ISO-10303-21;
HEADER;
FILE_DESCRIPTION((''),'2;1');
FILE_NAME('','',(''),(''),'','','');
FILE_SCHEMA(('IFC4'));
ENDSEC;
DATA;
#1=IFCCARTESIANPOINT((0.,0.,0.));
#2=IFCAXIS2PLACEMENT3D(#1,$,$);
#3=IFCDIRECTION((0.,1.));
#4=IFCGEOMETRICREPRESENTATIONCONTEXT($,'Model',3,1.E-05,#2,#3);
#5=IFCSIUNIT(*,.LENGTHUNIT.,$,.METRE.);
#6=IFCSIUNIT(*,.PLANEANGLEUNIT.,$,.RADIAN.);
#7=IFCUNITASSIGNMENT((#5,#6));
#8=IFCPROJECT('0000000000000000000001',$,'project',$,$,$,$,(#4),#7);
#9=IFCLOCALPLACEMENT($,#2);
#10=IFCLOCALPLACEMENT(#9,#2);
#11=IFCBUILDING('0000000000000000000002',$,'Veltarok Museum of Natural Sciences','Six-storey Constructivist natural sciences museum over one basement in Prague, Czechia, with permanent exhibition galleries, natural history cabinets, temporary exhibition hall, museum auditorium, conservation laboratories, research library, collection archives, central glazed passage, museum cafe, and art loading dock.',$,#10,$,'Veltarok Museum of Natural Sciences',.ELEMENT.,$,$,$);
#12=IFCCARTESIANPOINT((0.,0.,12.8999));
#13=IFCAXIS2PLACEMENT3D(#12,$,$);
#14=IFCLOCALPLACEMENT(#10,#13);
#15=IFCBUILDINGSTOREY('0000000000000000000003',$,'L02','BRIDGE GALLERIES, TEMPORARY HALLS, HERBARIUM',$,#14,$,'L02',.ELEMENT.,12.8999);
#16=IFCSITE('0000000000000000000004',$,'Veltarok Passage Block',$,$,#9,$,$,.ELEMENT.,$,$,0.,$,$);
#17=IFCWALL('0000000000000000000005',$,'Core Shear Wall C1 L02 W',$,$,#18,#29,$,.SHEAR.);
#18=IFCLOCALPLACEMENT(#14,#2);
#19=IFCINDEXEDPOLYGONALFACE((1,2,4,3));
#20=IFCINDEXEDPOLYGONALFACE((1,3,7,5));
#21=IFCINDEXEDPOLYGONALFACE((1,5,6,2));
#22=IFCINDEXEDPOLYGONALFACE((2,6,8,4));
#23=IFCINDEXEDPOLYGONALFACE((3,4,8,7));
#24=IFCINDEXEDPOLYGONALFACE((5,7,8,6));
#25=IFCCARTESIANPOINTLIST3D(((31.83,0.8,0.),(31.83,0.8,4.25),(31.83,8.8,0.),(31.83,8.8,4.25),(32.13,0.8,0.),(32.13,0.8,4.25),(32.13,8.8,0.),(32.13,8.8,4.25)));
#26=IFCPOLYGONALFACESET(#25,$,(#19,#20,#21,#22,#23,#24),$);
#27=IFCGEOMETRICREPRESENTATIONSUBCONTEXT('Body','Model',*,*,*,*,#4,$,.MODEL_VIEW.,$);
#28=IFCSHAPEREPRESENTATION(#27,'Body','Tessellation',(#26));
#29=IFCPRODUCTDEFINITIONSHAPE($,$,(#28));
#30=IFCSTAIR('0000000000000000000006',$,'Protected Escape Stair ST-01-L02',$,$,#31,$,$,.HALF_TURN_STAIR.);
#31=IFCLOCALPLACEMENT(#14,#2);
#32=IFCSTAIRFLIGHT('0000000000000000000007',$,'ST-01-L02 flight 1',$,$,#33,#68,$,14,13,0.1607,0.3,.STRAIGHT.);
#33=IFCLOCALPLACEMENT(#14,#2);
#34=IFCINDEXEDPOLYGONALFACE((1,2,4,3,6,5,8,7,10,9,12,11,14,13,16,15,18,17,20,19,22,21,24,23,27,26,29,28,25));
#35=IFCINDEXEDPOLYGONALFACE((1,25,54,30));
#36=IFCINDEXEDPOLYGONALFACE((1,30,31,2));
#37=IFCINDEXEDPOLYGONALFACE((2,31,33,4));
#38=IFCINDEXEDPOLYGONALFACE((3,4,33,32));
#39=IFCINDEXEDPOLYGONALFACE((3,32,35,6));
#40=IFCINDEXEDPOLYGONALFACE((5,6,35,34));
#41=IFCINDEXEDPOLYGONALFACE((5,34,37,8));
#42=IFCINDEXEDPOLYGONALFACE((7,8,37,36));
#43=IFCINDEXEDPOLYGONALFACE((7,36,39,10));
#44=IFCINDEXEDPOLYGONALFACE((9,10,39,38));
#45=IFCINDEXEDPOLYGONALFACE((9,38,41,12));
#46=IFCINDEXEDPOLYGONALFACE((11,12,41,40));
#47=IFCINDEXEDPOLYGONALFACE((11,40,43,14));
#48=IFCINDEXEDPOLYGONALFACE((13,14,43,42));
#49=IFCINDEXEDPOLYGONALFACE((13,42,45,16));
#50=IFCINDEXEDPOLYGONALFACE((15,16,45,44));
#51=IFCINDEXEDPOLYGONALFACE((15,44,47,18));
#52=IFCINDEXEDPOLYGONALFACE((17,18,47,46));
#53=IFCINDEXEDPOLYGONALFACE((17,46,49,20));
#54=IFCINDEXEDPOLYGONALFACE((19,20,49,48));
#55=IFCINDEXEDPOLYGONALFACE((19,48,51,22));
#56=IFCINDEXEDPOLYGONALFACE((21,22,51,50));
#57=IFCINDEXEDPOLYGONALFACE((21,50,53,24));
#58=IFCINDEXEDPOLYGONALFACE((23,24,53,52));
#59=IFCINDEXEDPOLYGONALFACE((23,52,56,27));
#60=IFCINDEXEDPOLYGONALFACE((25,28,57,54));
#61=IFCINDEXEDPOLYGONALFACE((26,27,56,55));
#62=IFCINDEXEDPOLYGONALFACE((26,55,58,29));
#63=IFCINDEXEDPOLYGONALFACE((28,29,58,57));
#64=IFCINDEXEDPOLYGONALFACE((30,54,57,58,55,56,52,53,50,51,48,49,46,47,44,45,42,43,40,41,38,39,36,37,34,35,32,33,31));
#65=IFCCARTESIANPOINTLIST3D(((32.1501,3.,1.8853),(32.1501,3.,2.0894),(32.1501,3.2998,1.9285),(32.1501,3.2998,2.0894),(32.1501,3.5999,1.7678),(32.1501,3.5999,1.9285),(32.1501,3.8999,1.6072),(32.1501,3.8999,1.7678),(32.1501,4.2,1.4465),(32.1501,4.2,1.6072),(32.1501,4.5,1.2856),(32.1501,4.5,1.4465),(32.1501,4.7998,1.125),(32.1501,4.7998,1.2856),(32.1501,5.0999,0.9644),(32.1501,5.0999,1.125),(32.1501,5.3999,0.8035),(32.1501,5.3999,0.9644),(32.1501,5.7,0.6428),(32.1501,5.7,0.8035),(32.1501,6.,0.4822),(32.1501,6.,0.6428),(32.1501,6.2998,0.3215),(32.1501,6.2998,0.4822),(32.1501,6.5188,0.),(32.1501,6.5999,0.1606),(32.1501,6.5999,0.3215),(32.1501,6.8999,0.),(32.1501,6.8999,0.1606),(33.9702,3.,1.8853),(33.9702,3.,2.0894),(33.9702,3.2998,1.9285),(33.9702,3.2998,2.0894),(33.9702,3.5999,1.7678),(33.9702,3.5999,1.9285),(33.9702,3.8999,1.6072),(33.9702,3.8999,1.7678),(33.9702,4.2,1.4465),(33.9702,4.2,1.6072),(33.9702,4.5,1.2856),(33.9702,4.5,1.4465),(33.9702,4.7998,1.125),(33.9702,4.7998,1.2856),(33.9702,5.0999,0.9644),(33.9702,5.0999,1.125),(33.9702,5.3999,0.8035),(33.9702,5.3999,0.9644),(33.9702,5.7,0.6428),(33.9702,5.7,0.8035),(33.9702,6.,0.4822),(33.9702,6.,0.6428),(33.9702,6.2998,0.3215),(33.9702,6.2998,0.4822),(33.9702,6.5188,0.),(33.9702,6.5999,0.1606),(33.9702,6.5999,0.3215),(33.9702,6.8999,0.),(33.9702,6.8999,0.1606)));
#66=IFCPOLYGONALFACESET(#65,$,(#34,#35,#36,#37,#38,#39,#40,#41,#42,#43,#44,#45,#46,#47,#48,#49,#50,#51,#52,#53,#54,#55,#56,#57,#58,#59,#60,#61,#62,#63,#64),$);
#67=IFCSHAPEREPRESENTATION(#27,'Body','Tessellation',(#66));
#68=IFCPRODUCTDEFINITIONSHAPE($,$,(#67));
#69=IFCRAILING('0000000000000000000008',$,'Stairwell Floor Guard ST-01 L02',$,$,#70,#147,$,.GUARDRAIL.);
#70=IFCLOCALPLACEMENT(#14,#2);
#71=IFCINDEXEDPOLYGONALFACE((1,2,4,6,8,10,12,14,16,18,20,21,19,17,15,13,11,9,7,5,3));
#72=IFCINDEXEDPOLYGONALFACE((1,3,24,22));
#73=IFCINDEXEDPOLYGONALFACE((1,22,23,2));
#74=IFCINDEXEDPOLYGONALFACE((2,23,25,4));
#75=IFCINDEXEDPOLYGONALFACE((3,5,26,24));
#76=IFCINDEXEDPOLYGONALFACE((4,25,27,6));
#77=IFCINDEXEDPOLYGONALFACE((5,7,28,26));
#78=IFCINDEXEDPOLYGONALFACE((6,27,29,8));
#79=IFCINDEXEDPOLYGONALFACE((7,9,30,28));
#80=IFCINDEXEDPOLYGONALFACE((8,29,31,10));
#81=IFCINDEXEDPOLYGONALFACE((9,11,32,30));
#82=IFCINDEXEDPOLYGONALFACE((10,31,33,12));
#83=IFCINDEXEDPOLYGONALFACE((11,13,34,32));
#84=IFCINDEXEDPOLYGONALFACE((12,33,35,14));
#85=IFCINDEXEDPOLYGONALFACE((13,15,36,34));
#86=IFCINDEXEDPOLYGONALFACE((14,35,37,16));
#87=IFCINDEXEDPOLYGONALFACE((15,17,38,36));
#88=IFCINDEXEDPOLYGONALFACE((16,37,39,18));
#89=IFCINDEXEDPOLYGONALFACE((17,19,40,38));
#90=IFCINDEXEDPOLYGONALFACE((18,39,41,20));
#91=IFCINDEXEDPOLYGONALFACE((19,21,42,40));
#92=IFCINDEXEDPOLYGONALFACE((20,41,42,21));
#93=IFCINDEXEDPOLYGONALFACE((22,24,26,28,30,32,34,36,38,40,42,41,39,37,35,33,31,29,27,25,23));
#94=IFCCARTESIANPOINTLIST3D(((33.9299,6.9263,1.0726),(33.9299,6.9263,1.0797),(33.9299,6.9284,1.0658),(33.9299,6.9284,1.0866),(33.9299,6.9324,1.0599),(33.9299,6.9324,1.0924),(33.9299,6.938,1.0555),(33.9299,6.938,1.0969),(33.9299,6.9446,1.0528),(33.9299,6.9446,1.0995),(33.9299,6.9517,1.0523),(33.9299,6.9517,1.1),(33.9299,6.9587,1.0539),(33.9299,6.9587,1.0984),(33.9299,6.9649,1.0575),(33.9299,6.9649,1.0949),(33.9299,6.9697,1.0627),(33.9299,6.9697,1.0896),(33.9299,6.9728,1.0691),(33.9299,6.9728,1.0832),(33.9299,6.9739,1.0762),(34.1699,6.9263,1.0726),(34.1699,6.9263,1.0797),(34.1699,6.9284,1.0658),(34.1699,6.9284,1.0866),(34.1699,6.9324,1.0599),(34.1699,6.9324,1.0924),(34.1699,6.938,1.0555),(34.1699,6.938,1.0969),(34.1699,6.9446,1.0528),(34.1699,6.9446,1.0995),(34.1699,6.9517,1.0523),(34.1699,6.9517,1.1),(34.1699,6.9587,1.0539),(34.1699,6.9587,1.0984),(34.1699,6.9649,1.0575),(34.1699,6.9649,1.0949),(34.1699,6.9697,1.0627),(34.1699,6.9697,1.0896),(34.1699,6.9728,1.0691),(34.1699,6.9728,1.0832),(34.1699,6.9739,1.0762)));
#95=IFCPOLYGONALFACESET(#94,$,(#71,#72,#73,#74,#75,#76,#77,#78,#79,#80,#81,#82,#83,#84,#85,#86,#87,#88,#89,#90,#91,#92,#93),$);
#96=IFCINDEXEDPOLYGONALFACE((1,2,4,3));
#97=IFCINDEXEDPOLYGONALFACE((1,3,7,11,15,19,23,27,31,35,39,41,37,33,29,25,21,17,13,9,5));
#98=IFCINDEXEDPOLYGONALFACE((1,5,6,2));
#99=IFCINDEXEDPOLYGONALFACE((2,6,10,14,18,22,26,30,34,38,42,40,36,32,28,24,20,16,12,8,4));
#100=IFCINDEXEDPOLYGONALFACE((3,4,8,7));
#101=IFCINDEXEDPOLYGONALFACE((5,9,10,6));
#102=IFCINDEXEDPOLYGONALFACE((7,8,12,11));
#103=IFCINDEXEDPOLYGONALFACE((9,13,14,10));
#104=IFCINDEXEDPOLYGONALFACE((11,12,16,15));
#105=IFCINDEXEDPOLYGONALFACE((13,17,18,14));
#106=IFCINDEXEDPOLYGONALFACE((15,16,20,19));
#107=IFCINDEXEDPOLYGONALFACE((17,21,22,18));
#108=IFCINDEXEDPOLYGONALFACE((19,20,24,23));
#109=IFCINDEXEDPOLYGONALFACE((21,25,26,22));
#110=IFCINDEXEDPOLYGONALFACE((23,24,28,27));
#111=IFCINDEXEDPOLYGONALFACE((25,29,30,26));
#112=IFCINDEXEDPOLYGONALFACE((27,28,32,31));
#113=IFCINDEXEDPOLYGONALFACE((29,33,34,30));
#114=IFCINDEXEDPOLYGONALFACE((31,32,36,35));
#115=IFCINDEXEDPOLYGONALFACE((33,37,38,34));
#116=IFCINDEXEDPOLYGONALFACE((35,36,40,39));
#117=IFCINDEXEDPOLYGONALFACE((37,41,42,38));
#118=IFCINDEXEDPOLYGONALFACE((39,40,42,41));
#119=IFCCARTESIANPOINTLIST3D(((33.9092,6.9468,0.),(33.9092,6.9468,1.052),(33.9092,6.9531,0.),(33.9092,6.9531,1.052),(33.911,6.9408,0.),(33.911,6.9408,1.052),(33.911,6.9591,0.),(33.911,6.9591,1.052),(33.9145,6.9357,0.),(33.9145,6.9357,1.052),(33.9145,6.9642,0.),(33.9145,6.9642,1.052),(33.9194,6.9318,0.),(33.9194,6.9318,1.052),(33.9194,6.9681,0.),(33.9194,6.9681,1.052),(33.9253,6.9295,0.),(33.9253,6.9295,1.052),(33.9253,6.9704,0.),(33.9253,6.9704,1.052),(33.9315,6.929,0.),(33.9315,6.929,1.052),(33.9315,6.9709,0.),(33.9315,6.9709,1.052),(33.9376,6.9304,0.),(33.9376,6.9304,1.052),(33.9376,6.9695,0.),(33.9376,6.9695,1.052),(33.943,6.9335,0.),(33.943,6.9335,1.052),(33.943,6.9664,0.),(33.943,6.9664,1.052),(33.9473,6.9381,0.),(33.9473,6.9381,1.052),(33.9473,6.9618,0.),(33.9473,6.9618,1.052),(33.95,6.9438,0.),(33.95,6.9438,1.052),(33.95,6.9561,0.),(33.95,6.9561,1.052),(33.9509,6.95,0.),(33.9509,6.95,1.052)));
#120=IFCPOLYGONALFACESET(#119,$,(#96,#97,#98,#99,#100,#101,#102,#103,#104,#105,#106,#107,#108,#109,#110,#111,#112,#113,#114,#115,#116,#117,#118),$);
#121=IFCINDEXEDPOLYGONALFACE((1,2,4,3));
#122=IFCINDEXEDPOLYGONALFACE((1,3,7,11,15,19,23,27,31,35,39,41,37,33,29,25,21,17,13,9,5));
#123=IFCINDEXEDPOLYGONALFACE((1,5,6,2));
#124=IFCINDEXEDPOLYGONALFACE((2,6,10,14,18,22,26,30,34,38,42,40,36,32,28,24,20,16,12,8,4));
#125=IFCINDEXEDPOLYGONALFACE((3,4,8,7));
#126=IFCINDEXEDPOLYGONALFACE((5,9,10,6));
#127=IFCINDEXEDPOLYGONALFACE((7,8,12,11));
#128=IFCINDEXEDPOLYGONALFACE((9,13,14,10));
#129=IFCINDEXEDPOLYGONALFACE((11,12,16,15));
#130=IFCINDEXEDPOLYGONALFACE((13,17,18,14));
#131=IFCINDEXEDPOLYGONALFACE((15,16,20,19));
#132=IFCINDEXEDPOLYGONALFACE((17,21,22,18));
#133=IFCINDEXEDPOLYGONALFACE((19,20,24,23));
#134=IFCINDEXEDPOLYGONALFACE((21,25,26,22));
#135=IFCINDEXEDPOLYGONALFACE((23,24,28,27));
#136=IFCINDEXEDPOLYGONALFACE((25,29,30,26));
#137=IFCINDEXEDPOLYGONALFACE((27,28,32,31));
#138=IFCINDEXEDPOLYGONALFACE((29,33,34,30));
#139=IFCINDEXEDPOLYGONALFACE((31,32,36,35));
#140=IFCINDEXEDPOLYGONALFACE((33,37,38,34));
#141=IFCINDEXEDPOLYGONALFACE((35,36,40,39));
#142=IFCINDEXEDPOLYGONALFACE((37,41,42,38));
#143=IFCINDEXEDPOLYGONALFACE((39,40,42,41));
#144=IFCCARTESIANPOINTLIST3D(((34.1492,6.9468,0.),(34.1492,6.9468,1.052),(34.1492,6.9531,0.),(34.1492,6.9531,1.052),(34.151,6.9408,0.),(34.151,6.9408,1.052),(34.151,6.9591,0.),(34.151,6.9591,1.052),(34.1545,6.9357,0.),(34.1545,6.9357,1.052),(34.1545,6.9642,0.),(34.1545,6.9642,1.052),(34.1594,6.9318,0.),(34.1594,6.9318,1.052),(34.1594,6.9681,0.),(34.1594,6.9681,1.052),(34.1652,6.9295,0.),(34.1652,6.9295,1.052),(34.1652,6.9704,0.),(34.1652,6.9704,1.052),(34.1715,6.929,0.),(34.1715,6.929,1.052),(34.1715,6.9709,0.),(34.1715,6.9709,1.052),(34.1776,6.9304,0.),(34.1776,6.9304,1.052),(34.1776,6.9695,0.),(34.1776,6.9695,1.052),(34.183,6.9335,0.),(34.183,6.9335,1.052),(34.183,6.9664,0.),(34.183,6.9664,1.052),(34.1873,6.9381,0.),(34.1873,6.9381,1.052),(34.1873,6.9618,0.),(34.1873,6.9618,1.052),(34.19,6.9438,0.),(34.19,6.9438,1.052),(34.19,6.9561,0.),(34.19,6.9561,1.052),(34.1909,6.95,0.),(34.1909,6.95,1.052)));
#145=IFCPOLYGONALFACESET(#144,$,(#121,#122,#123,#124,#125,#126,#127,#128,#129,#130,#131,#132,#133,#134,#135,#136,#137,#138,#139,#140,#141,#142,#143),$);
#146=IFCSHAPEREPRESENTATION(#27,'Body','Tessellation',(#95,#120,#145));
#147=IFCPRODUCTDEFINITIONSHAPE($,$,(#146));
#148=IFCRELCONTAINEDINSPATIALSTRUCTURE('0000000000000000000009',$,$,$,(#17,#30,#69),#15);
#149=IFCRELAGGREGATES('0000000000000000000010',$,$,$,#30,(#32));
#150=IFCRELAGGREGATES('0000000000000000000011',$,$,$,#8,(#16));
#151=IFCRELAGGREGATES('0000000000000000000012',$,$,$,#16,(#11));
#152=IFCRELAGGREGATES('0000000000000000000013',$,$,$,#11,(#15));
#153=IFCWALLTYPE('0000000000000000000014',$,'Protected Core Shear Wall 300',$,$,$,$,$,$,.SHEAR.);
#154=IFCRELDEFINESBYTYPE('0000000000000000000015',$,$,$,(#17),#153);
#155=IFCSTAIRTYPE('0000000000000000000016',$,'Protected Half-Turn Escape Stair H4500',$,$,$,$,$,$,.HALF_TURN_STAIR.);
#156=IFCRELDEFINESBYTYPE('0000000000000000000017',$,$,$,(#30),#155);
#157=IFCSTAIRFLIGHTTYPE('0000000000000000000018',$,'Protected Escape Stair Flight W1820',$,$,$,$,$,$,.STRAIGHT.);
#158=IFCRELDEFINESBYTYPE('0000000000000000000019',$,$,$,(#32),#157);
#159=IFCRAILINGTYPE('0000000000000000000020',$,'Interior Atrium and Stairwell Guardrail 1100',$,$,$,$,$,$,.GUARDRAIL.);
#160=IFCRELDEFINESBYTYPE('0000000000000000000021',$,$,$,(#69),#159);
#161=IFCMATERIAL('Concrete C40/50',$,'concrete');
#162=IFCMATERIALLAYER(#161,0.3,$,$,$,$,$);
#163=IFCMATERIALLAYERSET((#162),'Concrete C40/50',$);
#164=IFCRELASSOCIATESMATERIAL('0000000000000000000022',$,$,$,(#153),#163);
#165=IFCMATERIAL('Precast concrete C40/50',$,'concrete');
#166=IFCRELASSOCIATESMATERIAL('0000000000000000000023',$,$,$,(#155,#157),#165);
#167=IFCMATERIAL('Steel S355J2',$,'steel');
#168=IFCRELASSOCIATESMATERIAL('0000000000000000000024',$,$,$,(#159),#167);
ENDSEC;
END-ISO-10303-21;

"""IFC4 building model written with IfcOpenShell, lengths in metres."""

from ifc_helpers import new_model, si_unit, direction, frame, frame_2d, origin, origin_2d, place, context, subcontext, project, spatial, polyline, rectangle, circle, outline, extrude, material, layer, layer_set, type_object, element, aggregate, save


model = new_model("IFC4")

# Units and contexts
model_context = context("Model", 3, precision=1e-05, world=origin(), true_north=direction((0.0, 1.0)))
body_context = subcontext(model_context, "Body", "Model", "MODEL_VIEW")
ifc_project = project(units=[si_unit("LENGTHUNIT", "METRE"), si_unit("PLANEANGLEUNIT", "RADIAN")], contexts=[model_context])

# Site, building, storey
site_placement = place(None, origin())
site = spatial("IfcSite", under=ifc_project, at=site_placement, Name="Veltarok Passage Block", CompositionType="ELEMENT", RefElevation=0.0)
building_placement = place(site_placement, origin())
building = spatial("IfcBuilding", under=site, at=building_placement, Name="Veltarok Museum of Natural Sciences", Description="Six-storey Constructivist natural sciences museum over one basement in Prague, Czechia, with permanent exhibition galleries, natural history cabinets, temporary exhibition hall, museum auditorium, conservation laboratories, research library, collection archives, central glazed passage, museum cafe, and art loading dock.", LongName="Veltarok Museum of Natural Sciences", CompositionType="ELEMENT")
storey_placement = place(building_placement, frame((0.0, 0.0, 12.8999)))
storey = spatial("IfcBuildingStorey", under=building, at=storey_placement, Name="L02", Description="BRIDGE GALLERIES, TEMPORARY HALLS, HERBARIUM", LongName="L02", CompositionType="ELEMENT", Elevation=12.8999)

# Shared definitions
ifc_material_1 = material(Name="Steel S355J2", Category="steel")

# Shared definitions
ifc_material_2 = material(Name="Concrete C40/50", Category="concrete")

# Shared definitions
ifc_layer_1 = layer(ifc_material_2, 0.3)
ifc_layer_set_1 = layer_set([ifc_layer_1], Name="Concrete C40/50")
wall_type_1 = type_object("IfcWallType", Name="Protected Core Shear Wall 300", PredefinedType="SHEAR", material=ifc_layer_set_1)

# Wall
wall_1_placement = place(storey_placement, frame((31.98, 8.8, 0.0), z_axis=(0.0, 0.0, 1.0), x_axis=(0.0, -1.0, 0.0)))
element("IfcWall", 1, at=wall_1_placement, inside=storey, type_object=wall_type_1, Name="Core Shear Wall C1 L02 W", PredefinedType="SHEAR", context=body_context, shape_type="SweptSolid", body=[
    extrude(rectangle(XDim=8.0, YDim=0.3, at=frame_2d((4.0, 0.0))), origin(), (0.0, 0.0, 1.0), 4.25),
])

# Stair, stair flight
ifc_material_3 = material(Name="Precast concrete C40/50", Category="concrete")
stair_type = type_object("IfcStairType", Name="Protected Half-Turn Escape Stair H4500", PredefinedType="HALF_TURN_STAIR", material=ifc_material_3)
stair_placement = place(storey_placement, origin())
stair = element("IfcStair", 2, at=stair_placement, inside=storey, type_object=stair_type, Name="Protected Escape Stair ST-01-L02", PredefinedType="HALF_TURN_STAIR")
stair_flight_type = type_object("IfcStairFlightType", Name="Protected Escape Stair Flight W1820", PredefinedType="STRAIGHT", material=ifc_material_3)
stair_flight_placement = place(storey_placement, frame((33.0601, 6.8999, 0.0), z_axis=(0.0, 0.0, 1.0), x_axis=(0.0, -1.0, 0.0)))
stair_flight = element("IfcStairFlight", 3, at=stair_flight_placement, type_object=stair_flight_type, Name="ST-01-L02 flight 1", NumberOfRisers=14, NumberOfTreads=13, PredefinedType="STRAIGHT", RiserHeight=0.1607, TreadLength=0.3, context=body_context, shape_type="SweptSolid", body=[
    extrude(outline(polyline([(0.0, 0.0), (0.0, 0.1606), (0.3, 0.1606), (0.3, 0.3215), (0.6001, 0.3215), (0.6001, 0.4822), (0.8999, 0.4822), (0.8999, 0.6428), (1.2, 0.6428), (1.2, 0.8035), (1.5, 0.8035), (1.5, 0.9644), (1.8, 0.9644), (1.8, 1.125), (2.1001, 1.125), (2.1001, 1.2856), (2.3999, 1.2856), (2.3999, 1.4465), (2.7, 1.4465), (2.7, 1.6072), (3.0, 1.6072), (3.0, 1.7678), (3.3, 1.7678), (3.3, 1.9285), (3.6001, 1.9285), (3.6001, 2.0894), (3.8999, 2.0894), (3.8999, 2.25), (3.8999, 1.8853), (0.3811, 0.0), (0.0, 0.0)])), frame((0.0, 0.9102, 0.0), z_axis=(0.0, -1.0, 0.0), x_axis=(1.0, 0.0, 0.0)), (0.0, 0.0, 1.0), 1.8201),
])
aggregate(stair, [stair_flight])

# Railing
railing_type_1 = type_object("IfcRailingType", Name="Interior Atrium and Stairwell Guardrail 1100", PredefinedType="GUARDRAIL", material=ifc_material_1)
railing_placement = place(storey_placement, frame((33.9299, 6.95, 0.0)))
element("IfcRailing", 4, at=railing_placement, inside=storey, type_object=railing_type_1, Name="Stairwell Floor Guard ST-01 L02", PredefinedType="GUARDRAIL", context=body_context, shape_type="SweptSolid", body=[
    extrude(circle(Radius=0.0239, at=origin_2d()), frame((0.0, 0.0, 1.0762), z_axis=(1.0, 0.0, 0.0), x_axis=(0.0, 1.0, 0.0)), (0.0, 0.0, 1.0), 0.24),
    extrude(circle(Radius=0.021, at=origin_2d()), origin(), (0.0, 0.0, 1.0), 1.052),
    extrude(circle(Radius=0.021, at=origin_2d()), frame((0.24, 0.0, 0.0)), (0.0, 0.0, 1.0), 1.052),
])

save(model, "model.ifc")
